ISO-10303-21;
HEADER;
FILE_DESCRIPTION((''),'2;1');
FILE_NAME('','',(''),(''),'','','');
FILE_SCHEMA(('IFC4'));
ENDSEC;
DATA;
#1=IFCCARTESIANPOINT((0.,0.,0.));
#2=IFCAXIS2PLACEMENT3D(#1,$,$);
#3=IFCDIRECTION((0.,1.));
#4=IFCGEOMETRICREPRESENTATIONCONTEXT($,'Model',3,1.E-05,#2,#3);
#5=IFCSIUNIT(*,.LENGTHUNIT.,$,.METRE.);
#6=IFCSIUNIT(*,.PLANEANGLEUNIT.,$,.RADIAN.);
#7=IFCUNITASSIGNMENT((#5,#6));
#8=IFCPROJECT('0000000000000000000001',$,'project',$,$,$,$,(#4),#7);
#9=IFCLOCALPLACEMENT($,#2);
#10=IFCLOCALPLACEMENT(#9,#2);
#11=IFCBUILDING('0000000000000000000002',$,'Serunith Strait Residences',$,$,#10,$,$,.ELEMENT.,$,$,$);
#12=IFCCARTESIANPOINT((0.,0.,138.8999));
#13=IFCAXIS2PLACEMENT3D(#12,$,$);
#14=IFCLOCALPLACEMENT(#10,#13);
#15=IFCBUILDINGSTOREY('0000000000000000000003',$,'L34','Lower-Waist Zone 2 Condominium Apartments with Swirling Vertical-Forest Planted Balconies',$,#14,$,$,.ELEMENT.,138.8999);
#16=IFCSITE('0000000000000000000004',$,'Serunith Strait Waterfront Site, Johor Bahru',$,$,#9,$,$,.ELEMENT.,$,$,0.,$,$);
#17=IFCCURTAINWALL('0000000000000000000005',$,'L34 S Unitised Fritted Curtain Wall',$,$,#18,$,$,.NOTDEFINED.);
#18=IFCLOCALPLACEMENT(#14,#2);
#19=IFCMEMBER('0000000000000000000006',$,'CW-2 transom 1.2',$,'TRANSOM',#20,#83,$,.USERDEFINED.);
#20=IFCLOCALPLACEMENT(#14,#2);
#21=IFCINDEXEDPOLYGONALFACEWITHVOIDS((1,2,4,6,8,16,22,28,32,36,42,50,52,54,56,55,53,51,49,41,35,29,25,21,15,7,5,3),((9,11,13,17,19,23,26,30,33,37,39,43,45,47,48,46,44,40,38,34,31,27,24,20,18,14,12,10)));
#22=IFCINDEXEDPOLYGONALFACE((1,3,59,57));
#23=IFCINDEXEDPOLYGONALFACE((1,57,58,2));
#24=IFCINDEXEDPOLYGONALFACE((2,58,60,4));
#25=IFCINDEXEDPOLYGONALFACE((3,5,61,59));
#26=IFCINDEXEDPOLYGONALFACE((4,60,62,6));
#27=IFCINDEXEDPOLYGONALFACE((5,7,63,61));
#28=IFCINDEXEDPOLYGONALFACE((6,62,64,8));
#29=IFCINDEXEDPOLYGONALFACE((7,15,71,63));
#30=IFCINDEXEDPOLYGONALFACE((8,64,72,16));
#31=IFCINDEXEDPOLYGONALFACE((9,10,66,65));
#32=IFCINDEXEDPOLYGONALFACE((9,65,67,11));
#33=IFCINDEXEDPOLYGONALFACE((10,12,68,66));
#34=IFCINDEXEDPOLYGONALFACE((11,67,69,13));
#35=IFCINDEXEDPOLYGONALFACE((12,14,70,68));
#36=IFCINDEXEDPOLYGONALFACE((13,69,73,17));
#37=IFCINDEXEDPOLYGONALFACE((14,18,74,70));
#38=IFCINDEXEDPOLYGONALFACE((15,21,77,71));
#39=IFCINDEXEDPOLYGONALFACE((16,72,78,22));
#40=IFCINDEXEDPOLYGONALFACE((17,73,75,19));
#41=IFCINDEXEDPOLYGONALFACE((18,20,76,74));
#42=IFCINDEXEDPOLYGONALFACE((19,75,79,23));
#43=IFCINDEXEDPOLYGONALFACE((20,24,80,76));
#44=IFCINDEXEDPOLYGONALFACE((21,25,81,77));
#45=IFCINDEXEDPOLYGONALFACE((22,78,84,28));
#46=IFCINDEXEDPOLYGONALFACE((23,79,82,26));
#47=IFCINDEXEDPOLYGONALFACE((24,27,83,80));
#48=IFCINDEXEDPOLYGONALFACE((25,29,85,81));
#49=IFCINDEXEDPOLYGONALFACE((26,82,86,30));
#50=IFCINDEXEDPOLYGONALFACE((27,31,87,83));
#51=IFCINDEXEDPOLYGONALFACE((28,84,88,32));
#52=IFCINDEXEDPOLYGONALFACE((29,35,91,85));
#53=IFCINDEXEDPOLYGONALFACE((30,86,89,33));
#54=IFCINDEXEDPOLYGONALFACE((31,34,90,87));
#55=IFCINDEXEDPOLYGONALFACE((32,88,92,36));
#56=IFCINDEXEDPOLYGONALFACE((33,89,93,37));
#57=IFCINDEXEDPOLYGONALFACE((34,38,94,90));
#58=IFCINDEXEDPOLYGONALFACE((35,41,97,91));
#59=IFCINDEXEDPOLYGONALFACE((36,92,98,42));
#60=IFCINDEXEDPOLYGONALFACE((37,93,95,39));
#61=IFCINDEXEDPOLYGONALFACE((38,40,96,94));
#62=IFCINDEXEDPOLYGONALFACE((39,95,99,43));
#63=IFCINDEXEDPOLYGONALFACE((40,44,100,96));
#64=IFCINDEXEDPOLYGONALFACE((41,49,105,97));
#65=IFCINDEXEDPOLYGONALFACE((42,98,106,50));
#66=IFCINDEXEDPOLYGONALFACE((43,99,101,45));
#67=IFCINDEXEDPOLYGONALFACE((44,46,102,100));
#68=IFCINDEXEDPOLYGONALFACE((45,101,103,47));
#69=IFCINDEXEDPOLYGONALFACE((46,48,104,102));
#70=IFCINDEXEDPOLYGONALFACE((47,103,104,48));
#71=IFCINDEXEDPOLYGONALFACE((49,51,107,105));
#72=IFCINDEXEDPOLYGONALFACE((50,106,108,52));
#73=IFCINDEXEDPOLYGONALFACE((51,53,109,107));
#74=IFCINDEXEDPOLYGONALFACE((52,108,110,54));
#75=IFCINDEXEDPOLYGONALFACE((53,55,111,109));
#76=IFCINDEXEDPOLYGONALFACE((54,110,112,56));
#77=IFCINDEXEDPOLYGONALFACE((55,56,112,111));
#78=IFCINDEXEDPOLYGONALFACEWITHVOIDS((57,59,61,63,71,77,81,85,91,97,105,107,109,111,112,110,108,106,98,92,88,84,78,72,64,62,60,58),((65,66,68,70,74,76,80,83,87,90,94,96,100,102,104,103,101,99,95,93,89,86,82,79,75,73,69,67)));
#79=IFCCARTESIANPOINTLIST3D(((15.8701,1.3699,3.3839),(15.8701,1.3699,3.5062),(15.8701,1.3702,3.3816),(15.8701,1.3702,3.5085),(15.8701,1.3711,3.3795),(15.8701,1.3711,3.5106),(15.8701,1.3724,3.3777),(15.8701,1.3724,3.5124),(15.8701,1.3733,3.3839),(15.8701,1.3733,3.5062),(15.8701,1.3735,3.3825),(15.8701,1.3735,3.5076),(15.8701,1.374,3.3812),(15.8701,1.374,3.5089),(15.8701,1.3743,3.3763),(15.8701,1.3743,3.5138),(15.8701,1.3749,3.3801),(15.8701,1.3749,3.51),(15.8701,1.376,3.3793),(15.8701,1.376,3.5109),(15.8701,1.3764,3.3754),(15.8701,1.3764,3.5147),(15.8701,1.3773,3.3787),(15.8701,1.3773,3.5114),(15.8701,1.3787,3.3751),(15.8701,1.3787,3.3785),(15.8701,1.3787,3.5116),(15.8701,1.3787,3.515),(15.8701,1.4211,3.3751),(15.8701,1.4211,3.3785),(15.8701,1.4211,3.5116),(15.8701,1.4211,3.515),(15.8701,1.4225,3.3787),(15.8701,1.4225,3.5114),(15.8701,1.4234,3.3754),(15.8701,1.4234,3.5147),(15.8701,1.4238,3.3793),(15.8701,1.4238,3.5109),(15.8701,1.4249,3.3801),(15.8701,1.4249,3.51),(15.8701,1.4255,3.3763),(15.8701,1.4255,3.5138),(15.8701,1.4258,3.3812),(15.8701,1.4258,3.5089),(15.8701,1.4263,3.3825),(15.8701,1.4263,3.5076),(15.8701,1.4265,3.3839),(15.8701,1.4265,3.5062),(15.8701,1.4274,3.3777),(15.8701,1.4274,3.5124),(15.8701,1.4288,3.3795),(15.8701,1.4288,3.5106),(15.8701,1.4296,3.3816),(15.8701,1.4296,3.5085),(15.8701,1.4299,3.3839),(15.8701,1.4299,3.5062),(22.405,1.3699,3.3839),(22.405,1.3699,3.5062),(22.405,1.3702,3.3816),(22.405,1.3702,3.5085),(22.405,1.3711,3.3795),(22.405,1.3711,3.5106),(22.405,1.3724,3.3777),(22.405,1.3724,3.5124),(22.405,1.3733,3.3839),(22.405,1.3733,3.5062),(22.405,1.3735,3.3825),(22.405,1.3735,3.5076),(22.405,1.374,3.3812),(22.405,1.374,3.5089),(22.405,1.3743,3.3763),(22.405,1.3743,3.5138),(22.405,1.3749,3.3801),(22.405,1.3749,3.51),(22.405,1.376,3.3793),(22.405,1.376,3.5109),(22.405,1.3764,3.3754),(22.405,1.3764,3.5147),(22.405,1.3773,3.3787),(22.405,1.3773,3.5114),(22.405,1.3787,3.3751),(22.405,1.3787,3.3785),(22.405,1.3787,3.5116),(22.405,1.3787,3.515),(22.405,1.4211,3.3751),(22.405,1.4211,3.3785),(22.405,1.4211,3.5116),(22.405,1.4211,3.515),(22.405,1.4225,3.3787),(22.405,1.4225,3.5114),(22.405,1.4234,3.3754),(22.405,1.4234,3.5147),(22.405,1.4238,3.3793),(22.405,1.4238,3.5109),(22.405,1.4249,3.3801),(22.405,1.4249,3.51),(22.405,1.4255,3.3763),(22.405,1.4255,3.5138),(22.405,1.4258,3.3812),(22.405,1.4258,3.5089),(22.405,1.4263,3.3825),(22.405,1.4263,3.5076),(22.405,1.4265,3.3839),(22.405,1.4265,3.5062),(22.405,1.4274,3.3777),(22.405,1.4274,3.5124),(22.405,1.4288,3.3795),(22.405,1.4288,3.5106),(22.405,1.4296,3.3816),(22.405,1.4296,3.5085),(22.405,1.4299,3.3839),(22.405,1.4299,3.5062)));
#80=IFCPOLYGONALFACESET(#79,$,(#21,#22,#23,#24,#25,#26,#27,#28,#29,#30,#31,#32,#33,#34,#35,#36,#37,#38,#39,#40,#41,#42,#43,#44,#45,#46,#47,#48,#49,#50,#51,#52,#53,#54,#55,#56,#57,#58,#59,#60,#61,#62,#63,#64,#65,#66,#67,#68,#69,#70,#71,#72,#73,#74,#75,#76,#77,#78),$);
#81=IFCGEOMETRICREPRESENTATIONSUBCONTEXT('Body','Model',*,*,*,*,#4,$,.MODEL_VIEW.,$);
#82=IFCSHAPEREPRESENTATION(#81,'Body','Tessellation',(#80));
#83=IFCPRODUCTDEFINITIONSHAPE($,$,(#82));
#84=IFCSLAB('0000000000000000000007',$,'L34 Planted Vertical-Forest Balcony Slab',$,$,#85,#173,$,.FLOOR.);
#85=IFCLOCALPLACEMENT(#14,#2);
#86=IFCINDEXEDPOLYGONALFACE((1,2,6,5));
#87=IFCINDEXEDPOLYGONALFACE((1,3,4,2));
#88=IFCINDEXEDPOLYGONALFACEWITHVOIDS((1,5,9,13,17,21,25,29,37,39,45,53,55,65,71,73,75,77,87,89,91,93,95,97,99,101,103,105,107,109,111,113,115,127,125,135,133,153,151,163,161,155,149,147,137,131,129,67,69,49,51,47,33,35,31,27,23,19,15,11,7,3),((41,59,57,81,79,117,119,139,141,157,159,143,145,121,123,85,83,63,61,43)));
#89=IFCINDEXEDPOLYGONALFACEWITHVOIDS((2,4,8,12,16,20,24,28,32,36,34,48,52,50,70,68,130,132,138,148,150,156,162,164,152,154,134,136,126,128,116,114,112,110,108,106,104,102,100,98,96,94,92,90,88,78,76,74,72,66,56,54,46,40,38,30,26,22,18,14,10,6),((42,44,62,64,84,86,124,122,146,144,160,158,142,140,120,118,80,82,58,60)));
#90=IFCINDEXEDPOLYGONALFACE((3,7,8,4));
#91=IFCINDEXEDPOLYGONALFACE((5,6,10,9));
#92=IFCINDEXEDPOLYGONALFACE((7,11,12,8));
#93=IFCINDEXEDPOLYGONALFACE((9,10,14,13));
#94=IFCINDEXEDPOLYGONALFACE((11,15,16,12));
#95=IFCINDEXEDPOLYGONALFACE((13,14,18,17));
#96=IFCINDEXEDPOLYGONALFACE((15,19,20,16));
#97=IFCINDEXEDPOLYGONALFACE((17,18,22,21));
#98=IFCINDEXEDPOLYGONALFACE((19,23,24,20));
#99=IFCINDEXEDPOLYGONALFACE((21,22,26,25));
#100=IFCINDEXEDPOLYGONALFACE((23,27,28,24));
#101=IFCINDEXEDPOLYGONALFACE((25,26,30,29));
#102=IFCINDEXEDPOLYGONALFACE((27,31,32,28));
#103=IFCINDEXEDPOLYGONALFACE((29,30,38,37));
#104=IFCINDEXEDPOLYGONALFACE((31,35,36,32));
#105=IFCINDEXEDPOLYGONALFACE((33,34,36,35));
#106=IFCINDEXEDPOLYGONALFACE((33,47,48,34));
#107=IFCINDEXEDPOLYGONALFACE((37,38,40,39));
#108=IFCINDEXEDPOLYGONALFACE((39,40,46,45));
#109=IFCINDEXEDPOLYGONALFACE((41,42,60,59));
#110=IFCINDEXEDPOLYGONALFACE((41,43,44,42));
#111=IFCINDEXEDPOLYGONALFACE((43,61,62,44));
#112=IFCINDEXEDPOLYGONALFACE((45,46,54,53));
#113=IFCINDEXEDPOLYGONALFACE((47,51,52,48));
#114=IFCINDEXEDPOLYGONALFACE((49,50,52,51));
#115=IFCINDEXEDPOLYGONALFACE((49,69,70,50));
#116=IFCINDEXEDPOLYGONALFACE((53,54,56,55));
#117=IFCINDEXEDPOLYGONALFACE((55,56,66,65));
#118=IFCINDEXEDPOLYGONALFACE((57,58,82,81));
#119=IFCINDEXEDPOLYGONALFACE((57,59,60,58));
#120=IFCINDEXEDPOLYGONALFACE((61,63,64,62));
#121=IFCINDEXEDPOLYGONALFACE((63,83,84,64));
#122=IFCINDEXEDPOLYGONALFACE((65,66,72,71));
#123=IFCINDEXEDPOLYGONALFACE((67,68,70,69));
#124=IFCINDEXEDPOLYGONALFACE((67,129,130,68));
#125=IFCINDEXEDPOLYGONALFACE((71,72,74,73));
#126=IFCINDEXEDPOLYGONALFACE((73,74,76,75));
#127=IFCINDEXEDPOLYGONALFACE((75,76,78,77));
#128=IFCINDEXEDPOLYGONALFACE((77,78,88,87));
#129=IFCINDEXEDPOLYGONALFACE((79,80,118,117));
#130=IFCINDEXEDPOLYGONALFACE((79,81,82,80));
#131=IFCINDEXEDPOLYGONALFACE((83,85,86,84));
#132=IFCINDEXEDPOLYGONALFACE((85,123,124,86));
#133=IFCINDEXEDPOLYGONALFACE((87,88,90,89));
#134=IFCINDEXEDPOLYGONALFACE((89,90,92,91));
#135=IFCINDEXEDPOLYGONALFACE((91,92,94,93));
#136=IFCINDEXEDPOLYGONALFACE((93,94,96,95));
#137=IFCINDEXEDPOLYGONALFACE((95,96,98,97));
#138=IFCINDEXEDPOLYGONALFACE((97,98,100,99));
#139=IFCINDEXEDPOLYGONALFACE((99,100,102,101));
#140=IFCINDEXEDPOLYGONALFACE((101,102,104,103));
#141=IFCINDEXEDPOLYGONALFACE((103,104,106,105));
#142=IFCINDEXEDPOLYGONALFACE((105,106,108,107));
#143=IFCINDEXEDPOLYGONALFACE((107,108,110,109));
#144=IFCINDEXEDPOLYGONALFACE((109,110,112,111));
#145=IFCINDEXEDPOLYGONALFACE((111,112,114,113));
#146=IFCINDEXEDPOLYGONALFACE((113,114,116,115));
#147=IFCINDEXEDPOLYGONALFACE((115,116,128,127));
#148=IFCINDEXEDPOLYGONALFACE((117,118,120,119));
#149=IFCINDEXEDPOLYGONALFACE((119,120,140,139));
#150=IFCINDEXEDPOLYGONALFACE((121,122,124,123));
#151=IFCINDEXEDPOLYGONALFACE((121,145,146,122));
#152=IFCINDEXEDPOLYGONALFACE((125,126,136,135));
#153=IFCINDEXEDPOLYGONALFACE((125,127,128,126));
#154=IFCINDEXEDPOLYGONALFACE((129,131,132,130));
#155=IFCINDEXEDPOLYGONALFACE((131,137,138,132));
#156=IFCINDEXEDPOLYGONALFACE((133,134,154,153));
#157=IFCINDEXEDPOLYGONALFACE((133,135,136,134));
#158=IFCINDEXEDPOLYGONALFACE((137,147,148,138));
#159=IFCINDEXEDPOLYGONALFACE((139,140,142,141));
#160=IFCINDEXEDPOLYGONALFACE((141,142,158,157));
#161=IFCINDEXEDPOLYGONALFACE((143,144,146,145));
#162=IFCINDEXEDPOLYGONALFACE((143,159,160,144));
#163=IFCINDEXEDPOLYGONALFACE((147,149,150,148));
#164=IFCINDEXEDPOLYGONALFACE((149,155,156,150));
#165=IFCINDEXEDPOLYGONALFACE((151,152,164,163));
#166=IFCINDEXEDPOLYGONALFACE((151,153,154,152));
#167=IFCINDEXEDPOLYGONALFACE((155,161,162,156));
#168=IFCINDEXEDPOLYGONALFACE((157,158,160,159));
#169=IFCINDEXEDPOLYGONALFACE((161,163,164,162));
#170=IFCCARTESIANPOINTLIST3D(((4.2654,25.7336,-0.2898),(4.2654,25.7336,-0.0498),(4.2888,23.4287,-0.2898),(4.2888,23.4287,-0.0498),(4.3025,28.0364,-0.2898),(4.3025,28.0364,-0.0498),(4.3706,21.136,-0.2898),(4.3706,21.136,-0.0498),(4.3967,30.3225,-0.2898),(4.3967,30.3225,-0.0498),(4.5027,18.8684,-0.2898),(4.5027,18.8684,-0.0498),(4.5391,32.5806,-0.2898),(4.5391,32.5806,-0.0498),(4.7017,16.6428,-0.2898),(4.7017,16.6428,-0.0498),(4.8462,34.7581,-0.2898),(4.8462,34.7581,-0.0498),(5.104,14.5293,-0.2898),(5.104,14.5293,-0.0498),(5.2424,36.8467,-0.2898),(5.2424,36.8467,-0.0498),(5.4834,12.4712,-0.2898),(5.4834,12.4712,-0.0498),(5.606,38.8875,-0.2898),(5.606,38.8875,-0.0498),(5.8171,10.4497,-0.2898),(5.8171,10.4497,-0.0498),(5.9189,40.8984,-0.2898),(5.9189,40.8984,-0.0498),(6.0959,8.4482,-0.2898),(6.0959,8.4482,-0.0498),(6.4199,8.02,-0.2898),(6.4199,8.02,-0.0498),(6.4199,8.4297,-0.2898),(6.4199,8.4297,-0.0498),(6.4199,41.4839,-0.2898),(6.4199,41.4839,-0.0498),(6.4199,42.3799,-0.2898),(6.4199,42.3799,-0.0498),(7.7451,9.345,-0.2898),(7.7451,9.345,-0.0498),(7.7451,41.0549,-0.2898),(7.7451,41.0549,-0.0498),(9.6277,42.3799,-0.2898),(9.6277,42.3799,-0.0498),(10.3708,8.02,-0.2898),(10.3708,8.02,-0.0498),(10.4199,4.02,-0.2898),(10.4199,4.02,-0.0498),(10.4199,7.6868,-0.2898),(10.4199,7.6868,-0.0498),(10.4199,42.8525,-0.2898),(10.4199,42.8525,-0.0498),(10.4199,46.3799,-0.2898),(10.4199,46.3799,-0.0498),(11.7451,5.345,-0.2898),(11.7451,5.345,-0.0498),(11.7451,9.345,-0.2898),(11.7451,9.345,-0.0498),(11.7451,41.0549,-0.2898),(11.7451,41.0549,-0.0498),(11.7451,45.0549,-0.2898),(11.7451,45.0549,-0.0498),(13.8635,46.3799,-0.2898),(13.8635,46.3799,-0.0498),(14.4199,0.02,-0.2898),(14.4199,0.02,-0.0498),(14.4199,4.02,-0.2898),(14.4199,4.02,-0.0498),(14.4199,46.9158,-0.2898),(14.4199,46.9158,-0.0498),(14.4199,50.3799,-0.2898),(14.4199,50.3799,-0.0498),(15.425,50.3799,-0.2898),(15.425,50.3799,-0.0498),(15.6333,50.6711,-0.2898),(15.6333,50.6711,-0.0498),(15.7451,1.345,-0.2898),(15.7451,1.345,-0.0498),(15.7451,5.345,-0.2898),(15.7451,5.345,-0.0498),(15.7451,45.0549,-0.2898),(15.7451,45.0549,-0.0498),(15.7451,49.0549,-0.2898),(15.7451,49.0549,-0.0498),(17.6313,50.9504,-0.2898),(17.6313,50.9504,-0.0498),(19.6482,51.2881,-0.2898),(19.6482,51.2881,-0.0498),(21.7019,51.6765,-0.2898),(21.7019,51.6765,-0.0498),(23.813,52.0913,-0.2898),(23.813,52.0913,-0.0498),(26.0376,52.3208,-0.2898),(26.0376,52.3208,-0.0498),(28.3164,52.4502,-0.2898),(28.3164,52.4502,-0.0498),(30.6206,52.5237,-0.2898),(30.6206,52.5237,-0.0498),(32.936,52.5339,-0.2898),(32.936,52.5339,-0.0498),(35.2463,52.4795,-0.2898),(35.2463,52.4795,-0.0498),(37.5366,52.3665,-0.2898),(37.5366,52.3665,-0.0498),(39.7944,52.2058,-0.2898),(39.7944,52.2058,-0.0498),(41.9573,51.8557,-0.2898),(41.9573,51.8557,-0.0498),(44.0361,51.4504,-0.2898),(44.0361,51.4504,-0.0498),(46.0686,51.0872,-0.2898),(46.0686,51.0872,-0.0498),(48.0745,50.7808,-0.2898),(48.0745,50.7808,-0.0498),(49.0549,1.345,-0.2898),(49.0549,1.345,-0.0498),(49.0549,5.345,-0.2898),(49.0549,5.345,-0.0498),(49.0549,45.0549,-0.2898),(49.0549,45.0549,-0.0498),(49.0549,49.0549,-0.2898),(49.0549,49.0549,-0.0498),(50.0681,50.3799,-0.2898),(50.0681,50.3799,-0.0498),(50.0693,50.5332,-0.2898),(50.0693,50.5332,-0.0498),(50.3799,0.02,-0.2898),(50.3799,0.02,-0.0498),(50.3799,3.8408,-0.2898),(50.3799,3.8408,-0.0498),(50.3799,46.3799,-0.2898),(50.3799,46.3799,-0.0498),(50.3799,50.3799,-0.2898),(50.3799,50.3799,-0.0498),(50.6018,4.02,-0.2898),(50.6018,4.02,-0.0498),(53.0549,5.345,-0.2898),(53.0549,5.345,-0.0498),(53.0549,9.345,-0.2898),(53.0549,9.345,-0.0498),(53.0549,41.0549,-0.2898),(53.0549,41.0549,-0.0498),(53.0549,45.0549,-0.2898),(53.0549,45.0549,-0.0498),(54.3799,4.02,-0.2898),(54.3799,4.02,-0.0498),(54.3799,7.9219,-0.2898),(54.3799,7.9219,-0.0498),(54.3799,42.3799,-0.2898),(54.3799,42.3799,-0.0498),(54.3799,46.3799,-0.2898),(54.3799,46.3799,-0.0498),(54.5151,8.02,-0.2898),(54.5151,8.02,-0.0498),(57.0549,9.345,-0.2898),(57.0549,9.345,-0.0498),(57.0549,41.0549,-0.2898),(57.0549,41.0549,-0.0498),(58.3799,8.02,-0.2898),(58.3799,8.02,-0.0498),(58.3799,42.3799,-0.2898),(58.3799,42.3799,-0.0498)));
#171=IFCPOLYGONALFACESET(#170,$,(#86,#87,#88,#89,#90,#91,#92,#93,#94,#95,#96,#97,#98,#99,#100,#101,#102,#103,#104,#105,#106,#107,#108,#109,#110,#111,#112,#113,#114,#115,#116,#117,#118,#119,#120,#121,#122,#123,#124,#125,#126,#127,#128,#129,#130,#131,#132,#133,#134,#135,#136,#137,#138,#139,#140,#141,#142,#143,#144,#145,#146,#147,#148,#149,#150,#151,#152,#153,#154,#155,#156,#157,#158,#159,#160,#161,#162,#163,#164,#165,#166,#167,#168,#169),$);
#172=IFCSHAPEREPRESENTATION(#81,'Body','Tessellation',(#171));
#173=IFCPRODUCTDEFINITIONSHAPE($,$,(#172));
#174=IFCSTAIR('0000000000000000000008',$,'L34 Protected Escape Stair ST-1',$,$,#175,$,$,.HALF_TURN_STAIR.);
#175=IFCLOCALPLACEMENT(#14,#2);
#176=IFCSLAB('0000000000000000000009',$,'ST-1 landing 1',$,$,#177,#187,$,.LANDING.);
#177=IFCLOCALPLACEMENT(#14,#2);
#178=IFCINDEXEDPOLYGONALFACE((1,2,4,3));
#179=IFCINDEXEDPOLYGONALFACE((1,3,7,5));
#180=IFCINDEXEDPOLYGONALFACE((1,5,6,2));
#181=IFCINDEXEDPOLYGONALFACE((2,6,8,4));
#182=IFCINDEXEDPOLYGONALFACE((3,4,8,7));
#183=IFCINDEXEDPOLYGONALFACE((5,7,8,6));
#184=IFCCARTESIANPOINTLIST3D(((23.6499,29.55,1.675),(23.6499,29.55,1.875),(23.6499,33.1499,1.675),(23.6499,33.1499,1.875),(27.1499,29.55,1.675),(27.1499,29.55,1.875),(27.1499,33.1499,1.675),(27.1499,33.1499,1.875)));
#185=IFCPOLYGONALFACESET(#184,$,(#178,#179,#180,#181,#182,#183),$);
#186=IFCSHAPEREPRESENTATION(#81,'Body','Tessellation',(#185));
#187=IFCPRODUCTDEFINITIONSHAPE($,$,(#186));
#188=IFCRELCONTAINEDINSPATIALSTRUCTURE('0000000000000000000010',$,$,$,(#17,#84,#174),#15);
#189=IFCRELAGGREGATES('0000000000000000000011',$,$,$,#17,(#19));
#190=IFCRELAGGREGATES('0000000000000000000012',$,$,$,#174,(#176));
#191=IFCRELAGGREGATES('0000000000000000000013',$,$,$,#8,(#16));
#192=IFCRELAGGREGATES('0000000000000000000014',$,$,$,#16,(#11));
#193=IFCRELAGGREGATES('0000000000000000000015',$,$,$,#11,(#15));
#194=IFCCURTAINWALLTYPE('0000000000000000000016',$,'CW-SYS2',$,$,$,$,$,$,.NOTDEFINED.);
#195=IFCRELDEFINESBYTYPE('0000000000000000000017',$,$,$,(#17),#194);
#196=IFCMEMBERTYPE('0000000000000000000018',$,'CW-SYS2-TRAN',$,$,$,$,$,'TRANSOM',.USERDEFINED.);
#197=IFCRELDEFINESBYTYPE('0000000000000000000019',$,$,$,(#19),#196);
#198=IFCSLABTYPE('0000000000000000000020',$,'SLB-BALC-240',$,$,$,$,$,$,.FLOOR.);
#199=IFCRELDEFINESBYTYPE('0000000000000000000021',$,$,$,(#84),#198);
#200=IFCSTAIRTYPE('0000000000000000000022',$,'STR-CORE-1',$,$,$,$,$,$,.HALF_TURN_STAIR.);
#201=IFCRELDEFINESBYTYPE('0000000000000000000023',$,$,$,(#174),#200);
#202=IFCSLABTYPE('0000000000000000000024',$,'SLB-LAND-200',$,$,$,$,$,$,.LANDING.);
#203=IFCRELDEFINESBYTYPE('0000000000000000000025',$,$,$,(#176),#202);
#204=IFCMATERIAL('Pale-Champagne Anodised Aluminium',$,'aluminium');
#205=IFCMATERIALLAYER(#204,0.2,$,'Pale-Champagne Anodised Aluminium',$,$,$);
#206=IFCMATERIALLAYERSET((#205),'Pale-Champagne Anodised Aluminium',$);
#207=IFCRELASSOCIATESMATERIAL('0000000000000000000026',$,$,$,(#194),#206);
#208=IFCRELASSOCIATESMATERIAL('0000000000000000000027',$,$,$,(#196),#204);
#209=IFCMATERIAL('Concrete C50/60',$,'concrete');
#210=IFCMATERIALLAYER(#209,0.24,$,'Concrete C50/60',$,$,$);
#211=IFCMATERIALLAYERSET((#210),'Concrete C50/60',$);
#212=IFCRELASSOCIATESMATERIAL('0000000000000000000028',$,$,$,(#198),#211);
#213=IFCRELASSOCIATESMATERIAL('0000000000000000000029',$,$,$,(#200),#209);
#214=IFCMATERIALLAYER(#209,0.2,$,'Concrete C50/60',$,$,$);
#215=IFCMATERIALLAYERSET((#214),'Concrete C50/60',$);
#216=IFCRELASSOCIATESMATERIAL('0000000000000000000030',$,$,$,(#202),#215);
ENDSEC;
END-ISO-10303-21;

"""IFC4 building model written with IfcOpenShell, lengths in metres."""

from ifc_helpers import new_model, si_unit, direction, frame, origin, origin_2d, place, context, subcontext, project, spatial, polyline, hollow_rectangle, outline, extrude, source, transform, mapped, material, layer, layer_set, material_profile, profile_set, type_object, element, aggregate, save


model = new_model("IFC4")

# Units and contexts
model_context = context("Model", 3, precision=1e-05, world=origin(), true_north=direction((0.0, 1.0)))
body_context = subcontext(model_context, "Body", "Model", "MODEL_VIEW")
ifc_project = project(units=[si_unit("LENGTHUNIT", "METRE"), si_unit("PLANEANGLEUNIT", "RADIAN")], contexts=[model_context])

# Site, building, storey
site_placement = place(None, origin())
site = spatial("IfcSite", under=ifc_project, at=site_placement, Name="Serunith Strait Waterfront Site, Johor Bahru", CompositionType="ELEMENT", RefElevation=0.0)
building_placement = place(site_placement, origin())
building = spatial("IfcBuilding", under=site, at=building_placement, Name="Serunith Strait Residences", CompositionType="ELEMENT")
storey_placement = place(building_placement, frame((0.0, 0.0, 138.8999)))
storey = spatial("IfcBuildingStorey", under=building, at=storey_placement, Name="L34", Description="Lower-Waist Zone 2 Condominium Apartments with Swirling Vertical-Forest Planted Balconies", CompositionType="ELEMENT", Elevation=138.8999)

# Curtain wall
ifc_material_1 = material(Name="Pale-Champagne Anodised Aluminium", Category="aluminium")
ifc_layer_1 = layer(ifc_material_1, 0.2, Name="Pale-Champagne Anodised Aluminium")
ifc_layer_set_1 = layer_set([ifc_layer_1], Name="Pale-Champagne Anodised Aluminium")
curtain_wall_type = type_object("IfcCurtainWallType", Name="CW-SYS2", PredefinedType="NOTDEFINED", material=ifc_layer_set_1)
curtain_wall_1_placement = place(storey_placement, origin())
curtain_wall_1 = element("IfcCurtainWall", 1, at=curtain_wall_1_placement, inside=storey, type_object=curtain_wall_type, Name="L34 S Unitised Fritted Curtain Wall", PredefinedType="NOTDEFINED")

# Member
ifc_material_profile_1 = material_profile(ifc_material_1, hollow_rectangle(XDim=0.0601, YDim=0.1399, WallThickness=0.0034, InnerFilletRadius=0.0054, OuterFilletRadius=0.0088, at=origin_2d()), Name="ALU 140x60x3.5")
ifc_profile_set_1 = profile_set([ifc_material_profile_1], Name="Pale-Champagne Anodised Aluminium")
member_type_1 = type_object("IfcMemberType", Name="CW-SYS2-TRAN", ElementType="TRANSOM", PredefinedType="USERDEFINED", material=ifc_profile_set_1)
shared_shape_1 = source(origin(), body_context, "Body", "SweptSolid", [
    extrude(hollow_rectangle(XDim=0.0601, YDim=0.1399, WallThickness=0.0034, InnerFilletRadius=0.0054, OuterFilletRadius=0.0088, at=origin_2d()), origin(), (0.0, 0.0, 1.0), 6.5349),
])
member_1_placement = place(storey_placement, frame((15.8701, 1.3999, 3.4451), z_axis=(1.0, 0.0, 0.0), x_axis=(0.0, 1.0, 0.0)))
member_1 = element("IfcMember", 2, at=member_1_placement, type_object=member_type_1, Name="CW-2 transom 1.2", ObjectType="TRANSOM", PredefinedType="USERDEFINED", context=body_context, shape_type="MappedRepresentation", body=[
    mapped(shared_shape_1, transform((0.0, 0.0, 0.0), scale=1.0)),
])
aggregate(curtain_wall_1, [member_1])

# Slab
ifc_material_2 = material(Name="Concrete C50/60", Category="concrete")
ifc_layer_2 = layer(ifc_material_2, 0.24, Name="Concrete C50/60")
ifc_layer_set_2 = layer_set([ifc_layer_2], Name="Concrete C50/60")
slab_type_1 = type_object("IfcSlabType", Name="SLB-BALC-240", PredefinedType="FLOOR", material=ifc_layer_set_2)
slab_1_placement = place(storey_placement, frame((0.0, 0.0, -0.2898)))
element("IfcSlab", 3, at=slab_1_placement, inside=storey, type_object=slab_type_1, Name="L34 Planted Vertical-Forest Balcony Slab", PredefinedType="FLOOR", context=body_context, shape_type="SweptSolid", body=[
    extrude(outline(polyline([(6.4199, 8.02), (6.4199, 8.4297), (6.0959, 8.4482), (5.8171, 10.4497), (5.4834, 12.4712), (5.104, 14.5293), (4.7017, 16.6428), (4.5027, 18.8684), (4.3706, 21.136), (4.2888, 23.4287), (4.2654, 25.7336), (4.3025, 28.0364), (4.3967, 30.3225), (4.5391, 32.5806), (4.8462, 34.7581), (5.2424, 36.8467), (5.606, 38.8875), (5.9189, 40.8984), (6.4199, 41.4839), (6.4199, 42.3799), (9.6277, 42.3799), (10.4199, 42.8525), (10.4199, 46.3799), (13.8635, 46.3799), (14.4199, 46.9158), (14.4199, 50.3799), (15.425, 50.3799), (15.6333, 50.6711), (17.6313, 50.9504), (19.6482, 51.2881), (21.7019, 51.6765), (23.813, 52.0913), (26.0376, 52.3208), (28.3164, 52.4502), (30.6206, 52.5237), (32.936, 52.5339), (35.2463, 52.4795), (37.5366, 52.3665), (39.7944, 52.2058), (41.9573, 51.8557), (44.0361, 51.4504), (46.0686, 51.0872), (48.0745, 50.7808), (50.0693, 50.5332), (50.0681, 50.3799), (50.3799, 50.3799), (50.3799, 46.3799), (54.3799, 46.3799), (54.3799, 42.3799), (58.3799, 42.3799), (58.3799, 8.02), (54.5151, 8.02), (54.3799, 7.9219), (54.3799, 4.02), (50.6018, 4.02), (50.3799, 3.8408), (50.3799, 0.02), (14.4199, 0.02), (14.4199, 4.02), (10.4199, 4.02), (10.4199, 7.6868), (10.3708, 8.02), (6.4199, 8.02)]), holes=[polyline([(49.0549, 1.345), (49.0549, 5.345), (53.0549, 5.345), (53.0549, 9.345), (57.0549, 9.345), (57.0549, 41.0549), (53.0549, 41.0549), (53.0549, 45.0549), (49.0549, 45.0549), (49.0549, 49.0549), (15.7451, 49.0549), (15.7451, 45.0549), (11.7451, 45.0549), (11.7451, 41.0549), (7.7451, 41.0549), (7.7451, 9.345), (11.7451, 9.345), (11.7451, 5.345), (15.7451, 5.345), (15.7451, 1.345), (49.0549, 1.345)])]), origin(), (0.0, 0.0, 1.0), 0.24),
])

# Stair, slab
stair_type_1 = type_object("IfcStairType", Name="STR-CORE-1", PredefinedType="HALF_TURN_STAIR", material=ifc_material_2)
stair_1_placement = place(storey_placement, origin())
stair_1 = element("IfcStair", 4, at=stair_1_placement, inside=storey, type_object=stair_type_1, Name="L34 Protected Escape Stair ST-1", PredefinedType="HALF_TURN_STAIR")
ifc_layer_3 = layer(ifc_material_2, 0.2, Name="Concrete C50/60")
ifc_layer_set_3 = layer_set([ifc_layer_3], Name="Concrete C50/60")
slab_type_2 = type_object("IfcSlabType", Name="SLB-LAND-200", PredefinedType="LANDING", material=ifc_layer_set_3)
slab_2_placement = place(storey_placement, frame((0.0, 0.0, 1.675)))
slab_2 = element("IfcSlab", 5, at=slab_2_placement, type_object=slab_type_2, Name="ST-1 landing 1", PredefinedType="LANDING", context=body_context, shape_type="SweptSolid", body=[
    extrude(outline(polyline([(27.1499, 29.55), (27.1499, 33.1499), (23.6499, 33.1499), (23.6499, 29.55), (27.1499, 29.55)])), origin(), (0.0, 0.0, 1.0), 0.2),
])
aggregate(stair_1, [slab_2])

save(model, "model.ifc")
